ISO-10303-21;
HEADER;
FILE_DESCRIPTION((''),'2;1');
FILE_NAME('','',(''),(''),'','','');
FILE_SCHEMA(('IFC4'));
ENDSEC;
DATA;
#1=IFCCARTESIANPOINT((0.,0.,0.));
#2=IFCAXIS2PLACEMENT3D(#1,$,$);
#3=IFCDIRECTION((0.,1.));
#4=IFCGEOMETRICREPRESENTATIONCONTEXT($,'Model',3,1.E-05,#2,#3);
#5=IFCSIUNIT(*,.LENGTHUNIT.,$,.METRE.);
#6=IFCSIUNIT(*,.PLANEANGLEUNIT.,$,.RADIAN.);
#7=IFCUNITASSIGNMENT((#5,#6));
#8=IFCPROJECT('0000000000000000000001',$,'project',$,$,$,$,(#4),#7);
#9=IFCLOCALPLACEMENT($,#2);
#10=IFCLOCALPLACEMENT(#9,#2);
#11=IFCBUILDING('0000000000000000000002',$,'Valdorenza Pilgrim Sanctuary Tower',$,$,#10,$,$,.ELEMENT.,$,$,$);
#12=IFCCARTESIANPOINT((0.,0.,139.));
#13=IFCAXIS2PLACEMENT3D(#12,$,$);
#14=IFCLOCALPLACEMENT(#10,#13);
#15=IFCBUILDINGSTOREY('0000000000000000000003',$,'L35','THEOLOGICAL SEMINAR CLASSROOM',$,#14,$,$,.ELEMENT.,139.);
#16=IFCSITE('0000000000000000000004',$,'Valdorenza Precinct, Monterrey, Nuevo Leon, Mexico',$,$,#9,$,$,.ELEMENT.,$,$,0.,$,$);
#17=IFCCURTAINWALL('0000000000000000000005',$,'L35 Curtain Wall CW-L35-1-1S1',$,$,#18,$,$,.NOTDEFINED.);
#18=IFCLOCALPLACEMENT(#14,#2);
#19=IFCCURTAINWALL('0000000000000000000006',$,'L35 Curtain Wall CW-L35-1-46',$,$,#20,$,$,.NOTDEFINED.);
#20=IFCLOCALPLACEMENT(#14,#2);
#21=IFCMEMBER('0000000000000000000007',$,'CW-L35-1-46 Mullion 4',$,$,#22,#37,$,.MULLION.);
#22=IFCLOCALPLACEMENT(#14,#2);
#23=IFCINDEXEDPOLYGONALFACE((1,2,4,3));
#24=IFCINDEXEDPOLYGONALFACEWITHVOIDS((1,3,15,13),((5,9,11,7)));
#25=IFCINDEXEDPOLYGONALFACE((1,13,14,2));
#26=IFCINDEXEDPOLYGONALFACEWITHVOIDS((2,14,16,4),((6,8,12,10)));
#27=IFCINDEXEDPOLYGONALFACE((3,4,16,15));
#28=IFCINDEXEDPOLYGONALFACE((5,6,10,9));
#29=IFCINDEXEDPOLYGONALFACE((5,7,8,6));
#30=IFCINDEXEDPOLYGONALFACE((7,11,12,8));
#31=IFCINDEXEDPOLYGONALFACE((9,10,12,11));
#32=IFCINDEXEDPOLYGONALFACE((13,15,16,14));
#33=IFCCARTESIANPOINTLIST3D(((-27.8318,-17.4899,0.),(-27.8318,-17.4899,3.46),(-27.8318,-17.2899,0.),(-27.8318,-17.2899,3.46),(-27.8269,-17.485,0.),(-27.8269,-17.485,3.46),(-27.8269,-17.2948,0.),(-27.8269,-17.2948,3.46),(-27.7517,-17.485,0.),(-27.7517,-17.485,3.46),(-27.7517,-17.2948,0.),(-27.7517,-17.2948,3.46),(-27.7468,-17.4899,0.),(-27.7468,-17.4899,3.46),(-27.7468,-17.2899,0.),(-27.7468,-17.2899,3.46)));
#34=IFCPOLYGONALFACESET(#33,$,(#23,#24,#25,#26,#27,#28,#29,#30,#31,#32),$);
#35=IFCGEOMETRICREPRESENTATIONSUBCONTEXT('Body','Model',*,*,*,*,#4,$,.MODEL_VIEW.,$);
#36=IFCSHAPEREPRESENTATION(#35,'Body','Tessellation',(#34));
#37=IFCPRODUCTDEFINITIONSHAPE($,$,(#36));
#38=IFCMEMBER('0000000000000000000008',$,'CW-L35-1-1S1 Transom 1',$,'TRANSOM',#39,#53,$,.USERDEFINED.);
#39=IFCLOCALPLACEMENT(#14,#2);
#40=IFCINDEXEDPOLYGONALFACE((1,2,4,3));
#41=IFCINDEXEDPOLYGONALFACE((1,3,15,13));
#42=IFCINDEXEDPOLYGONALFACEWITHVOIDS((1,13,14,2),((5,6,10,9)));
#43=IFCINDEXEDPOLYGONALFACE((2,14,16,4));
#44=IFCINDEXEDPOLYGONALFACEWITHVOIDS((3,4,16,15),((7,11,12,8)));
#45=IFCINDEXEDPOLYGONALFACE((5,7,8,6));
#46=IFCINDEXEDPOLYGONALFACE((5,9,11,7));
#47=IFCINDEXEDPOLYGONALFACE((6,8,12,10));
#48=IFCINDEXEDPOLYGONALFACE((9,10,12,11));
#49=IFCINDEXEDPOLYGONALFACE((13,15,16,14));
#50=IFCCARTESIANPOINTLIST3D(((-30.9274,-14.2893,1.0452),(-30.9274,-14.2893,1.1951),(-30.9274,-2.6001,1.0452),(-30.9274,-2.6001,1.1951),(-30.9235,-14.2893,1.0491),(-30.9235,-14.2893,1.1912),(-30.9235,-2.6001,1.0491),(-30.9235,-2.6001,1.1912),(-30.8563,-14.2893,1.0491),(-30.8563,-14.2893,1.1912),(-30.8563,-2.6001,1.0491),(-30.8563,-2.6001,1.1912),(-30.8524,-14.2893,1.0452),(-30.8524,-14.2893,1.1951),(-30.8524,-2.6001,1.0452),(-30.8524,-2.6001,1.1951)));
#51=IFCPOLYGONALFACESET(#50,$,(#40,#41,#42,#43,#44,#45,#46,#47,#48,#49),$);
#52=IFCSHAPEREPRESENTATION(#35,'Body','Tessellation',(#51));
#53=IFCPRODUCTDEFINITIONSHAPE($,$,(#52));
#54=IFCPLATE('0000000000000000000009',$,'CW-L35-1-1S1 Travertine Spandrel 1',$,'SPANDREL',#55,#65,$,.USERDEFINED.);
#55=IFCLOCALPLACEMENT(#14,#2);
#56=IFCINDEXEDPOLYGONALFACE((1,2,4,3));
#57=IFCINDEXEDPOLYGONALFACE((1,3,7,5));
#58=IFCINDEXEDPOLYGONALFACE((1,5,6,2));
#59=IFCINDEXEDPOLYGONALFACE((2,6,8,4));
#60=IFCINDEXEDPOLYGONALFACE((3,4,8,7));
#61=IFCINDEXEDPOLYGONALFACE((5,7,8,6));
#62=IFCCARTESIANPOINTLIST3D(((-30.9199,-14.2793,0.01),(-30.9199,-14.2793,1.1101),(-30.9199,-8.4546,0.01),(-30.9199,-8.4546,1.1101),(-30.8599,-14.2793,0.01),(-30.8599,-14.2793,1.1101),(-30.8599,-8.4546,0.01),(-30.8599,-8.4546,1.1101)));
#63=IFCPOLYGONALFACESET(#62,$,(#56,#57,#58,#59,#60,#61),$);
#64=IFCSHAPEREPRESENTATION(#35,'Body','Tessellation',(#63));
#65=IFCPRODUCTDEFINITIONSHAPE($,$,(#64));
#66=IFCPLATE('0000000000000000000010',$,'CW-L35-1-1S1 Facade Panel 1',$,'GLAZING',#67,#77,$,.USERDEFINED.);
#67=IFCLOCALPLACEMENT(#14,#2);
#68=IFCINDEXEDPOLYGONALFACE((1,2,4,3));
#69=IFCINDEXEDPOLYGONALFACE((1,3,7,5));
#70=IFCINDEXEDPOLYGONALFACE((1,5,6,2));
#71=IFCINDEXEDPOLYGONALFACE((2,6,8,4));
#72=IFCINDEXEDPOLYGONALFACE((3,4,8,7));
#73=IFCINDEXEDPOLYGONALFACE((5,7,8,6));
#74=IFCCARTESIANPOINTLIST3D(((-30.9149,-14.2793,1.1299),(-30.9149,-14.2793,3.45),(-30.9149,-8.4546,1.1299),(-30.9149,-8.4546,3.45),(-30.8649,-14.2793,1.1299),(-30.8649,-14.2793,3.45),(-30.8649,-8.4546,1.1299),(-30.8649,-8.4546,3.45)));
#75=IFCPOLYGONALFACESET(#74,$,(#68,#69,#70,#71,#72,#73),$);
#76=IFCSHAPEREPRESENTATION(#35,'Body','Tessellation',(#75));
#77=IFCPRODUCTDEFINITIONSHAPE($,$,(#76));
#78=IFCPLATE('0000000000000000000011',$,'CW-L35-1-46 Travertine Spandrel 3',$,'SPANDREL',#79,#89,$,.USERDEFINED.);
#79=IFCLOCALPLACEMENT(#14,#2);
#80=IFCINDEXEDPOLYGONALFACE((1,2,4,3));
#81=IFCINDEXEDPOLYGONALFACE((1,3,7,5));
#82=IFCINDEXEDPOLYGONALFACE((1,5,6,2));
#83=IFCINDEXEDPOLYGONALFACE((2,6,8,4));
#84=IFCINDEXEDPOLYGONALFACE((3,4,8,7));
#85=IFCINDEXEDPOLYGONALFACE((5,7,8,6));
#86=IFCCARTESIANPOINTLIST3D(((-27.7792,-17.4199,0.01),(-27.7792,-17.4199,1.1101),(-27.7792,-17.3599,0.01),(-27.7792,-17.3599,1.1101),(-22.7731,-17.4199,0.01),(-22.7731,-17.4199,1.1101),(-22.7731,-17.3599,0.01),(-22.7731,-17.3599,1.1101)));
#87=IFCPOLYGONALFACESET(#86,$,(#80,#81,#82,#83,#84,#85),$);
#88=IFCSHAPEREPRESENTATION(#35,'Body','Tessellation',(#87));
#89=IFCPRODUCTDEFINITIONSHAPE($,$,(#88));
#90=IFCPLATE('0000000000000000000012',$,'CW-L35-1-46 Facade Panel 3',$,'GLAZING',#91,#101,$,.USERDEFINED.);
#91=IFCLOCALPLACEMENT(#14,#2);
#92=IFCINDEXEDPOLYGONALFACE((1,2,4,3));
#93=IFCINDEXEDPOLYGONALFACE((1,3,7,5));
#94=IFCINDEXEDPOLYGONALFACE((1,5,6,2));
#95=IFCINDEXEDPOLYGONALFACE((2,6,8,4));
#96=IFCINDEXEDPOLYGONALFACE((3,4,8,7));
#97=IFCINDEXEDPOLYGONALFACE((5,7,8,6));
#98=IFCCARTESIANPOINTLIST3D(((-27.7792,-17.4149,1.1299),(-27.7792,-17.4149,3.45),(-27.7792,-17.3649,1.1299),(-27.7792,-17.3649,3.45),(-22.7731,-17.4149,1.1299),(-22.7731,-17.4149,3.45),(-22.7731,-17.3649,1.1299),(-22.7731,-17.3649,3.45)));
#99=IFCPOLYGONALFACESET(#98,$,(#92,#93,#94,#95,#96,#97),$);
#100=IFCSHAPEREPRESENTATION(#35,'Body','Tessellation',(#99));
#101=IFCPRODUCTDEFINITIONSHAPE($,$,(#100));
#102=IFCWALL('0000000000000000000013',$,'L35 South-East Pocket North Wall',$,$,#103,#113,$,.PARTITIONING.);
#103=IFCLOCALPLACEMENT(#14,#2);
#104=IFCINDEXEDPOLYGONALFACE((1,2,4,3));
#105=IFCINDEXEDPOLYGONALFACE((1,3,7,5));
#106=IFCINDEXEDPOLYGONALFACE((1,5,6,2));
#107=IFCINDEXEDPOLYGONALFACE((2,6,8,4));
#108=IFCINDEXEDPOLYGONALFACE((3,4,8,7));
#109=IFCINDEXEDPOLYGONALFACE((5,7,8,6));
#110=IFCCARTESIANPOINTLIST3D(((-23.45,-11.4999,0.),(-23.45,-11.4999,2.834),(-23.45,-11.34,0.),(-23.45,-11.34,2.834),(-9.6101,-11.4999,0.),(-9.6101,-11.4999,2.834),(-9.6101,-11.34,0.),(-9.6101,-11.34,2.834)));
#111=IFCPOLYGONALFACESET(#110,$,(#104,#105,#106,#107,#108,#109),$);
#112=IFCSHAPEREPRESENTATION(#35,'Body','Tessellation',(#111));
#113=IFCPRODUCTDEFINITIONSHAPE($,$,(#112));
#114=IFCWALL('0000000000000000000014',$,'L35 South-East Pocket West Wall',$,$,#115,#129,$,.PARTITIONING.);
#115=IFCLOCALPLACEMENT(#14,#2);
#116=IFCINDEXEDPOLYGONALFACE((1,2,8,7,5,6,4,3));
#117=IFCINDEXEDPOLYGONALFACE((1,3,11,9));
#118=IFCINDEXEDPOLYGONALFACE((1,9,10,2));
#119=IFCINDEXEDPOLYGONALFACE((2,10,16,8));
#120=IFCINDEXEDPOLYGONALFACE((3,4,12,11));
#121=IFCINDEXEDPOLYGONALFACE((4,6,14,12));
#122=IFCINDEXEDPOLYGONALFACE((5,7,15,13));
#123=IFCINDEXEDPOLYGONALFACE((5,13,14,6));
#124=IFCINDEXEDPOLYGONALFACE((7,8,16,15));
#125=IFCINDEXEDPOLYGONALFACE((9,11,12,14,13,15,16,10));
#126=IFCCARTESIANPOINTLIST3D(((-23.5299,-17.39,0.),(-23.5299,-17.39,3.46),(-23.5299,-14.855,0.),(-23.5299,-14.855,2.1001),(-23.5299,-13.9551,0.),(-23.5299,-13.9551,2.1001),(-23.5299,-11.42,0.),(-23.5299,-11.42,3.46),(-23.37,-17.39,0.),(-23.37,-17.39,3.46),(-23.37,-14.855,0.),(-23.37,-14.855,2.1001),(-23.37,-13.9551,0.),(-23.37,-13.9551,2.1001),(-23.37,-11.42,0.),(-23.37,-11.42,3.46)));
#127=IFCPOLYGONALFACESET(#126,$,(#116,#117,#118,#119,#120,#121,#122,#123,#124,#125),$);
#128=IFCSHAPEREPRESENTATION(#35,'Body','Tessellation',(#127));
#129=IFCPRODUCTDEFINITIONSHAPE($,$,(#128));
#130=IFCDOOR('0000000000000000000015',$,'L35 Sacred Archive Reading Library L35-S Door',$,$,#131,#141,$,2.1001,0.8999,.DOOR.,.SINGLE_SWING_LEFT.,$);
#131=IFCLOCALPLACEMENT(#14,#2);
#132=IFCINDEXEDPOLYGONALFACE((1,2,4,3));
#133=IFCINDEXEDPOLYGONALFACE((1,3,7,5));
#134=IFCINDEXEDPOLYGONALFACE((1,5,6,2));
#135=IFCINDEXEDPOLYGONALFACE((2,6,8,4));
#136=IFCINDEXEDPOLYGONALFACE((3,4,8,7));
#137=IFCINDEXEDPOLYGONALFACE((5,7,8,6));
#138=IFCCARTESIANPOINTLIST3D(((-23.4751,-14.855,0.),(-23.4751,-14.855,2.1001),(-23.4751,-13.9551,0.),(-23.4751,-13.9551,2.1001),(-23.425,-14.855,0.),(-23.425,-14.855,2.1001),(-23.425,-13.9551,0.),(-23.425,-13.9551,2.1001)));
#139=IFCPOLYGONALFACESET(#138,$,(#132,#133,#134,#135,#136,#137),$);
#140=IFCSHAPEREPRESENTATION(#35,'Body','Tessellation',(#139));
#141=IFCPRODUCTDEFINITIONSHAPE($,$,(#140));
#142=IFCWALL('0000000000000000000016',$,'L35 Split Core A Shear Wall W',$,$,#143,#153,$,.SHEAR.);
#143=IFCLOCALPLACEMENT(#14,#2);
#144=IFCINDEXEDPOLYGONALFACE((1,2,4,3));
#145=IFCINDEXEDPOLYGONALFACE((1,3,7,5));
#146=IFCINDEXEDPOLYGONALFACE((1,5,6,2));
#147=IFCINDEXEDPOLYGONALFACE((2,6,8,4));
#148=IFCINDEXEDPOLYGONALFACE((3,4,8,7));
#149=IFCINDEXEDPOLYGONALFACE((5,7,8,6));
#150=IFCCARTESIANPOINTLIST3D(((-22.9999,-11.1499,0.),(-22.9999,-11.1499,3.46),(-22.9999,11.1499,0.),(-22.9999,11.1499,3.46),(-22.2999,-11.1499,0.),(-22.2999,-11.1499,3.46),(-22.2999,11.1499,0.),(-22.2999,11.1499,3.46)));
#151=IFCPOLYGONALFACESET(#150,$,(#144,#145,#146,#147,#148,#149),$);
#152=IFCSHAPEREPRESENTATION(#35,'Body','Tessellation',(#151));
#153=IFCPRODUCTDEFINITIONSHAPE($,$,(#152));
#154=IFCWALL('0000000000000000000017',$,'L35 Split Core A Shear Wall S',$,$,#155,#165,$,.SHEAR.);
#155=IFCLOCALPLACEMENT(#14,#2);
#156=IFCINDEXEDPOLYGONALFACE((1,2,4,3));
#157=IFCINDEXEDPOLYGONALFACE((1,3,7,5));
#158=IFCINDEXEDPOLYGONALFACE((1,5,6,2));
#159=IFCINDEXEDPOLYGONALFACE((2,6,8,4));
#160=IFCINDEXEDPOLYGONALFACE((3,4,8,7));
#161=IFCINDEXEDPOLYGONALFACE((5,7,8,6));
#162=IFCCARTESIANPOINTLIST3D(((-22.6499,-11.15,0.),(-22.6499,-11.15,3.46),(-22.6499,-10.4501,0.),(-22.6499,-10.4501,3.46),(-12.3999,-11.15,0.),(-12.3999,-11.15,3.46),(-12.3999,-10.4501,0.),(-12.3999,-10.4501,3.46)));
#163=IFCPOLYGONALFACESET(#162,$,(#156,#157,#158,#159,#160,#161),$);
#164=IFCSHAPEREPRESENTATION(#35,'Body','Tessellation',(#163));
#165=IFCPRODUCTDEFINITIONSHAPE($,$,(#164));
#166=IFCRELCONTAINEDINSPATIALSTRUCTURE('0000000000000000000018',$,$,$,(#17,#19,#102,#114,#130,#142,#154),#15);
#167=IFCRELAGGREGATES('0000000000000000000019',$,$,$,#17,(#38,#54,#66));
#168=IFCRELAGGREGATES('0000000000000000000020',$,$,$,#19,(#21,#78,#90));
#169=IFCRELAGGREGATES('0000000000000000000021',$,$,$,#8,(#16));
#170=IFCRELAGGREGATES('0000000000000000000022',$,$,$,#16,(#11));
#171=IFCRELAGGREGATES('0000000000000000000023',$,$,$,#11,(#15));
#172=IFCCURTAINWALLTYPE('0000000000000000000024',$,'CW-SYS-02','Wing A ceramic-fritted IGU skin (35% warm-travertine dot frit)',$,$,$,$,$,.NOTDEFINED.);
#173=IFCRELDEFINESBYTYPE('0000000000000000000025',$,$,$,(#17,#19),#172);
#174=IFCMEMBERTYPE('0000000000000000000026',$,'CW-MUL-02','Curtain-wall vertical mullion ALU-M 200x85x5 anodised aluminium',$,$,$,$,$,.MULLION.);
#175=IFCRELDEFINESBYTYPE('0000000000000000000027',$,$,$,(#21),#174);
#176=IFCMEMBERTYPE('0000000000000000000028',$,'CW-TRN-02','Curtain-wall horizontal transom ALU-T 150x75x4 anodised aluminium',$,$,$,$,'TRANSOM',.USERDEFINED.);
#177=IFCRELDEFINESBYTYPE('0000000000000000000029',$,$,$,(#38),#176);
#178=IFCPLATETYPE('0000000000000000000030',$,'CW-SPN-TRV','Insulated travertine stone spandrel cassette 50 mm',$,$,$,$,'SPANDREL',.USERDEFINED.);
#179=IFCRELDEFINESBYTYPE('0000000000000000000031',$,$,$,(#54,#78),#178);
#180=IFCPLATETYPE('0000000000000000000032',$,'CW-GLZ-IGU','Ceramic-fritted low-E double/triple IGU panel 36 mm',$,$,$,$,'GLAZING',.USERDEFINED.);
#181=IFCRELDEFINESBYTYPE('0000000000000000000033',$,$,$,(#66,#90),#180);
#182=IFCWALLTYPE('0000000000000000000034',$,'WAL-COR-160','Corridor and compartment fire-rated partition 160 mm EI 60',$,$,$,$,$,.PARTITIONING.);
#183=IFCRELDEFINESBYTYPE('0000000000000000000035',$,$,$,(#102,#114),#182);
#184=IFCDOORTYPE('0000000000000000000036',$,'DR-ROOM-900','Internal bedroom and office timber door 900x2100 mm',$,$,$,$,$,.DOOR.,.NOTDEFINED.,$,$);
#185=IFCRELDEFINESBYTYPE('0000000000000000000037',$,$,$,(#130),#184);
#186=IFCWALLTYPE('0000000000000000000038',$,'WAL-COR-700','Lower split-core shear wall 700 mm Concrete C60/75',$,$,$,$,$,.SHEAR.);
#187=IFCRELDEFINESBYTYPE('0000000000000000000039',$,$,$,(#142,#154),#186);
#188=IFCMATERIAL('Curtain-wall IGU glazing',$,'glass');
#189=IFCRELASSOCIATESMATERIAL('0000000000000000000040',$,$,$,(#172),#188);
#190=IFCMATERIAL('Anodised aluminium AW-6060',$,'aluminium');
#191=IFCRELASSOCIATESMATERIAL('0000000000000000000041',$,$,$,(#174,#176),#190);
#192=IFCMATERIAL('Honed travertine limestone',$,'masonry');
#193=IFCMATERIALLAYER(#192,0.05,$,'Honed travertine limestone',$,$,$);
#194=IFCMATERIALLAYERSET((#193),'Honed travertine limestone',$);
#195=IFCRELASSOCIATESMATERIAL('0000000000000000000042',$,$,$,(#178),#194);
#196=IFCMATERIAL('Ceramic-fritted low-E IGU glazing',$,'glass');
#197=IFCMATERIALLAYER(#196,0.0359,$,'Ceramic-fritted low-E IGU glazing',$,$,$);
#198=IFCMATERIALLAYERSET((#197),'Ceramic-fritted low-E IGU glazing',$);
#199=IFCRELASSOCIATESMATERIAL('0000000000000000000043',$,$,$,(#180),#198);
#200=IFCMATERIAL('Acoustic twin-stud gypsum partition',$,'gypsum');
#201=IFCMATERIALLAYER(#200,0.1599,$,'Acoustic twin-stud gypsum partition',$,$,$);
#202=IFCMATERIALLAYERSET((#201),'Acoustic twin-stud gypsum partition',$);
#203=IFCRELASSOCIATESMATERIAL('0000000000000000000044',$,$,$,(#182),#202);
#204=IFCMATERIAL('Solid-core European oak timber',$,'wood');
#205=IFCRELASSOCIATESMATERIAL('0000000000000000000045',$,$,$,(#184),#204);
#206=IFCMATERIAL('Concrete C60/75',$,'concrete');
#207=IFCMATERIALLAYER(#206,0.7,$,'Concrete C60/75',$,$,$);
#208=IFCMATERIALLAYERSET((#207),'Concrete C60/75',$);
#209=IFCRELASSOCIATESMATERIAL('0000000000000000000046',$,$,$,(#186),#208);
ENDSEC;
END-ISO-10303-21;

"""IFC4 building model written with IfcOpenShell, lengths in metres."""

from ifc_helpers import new_model, si_unit, direction, frame, frame_2d, origin, origin_2d, place, context, subcontext, project, spatial, rectangle, hollow_rectangle, extrude, source, transform, mapped, material, layer, layer_set, material_profile, profile_set, type_object, element, fill, aggregate, save


model = new_model("IFC4")

# Units and contexts
model_context = context("Model", 3, precision=1e-05, world=origin(), true_north=direction((0.0, 1.0)))
body_context = subcontext(model_context, "Body", "Model", "MODEL_VIEW")
ifc_project = project(units=[si_unit("LENGTHUNIT", "METRE"), si_unit("PLANEANGLEUNIT", "RADIAN")], contexts=[model_context])

# Site, building, storey
site_placement = place(None, origin())
site = spatial("IfcSite", under=ifc_project, at=site_placement, Name="Valdorenza Precinct, Monterrey, Nuevo Leon, Mexico", CompositionType="ELEMENT", RefElevation=0.0)
building_placement = place(site_placement, origin())
building = spatial("IfcBuilding", under=site, at=building_placement, Name="Valdorenza Pilgrim Sanctuary Tower", CompositionType="ELEMENT")
storey_placement = place(building_placement, frame((0.0, 0.0, 139.0)))
storey = spatial("IfcBuildingStorey", under=building, at=storey_placement, Name="L35", Description="THEOLOGICAL SEMINAR CLASSROOM", CompositionType="ELEMENT", Elevation=139.0)

# Shared definitions
ifc_material_1 = material(Name="Concrete C60/75", Category="concrete")

# Curtain walls, member
ifc_material_2 = material(Name="Curtain-wall IGU glazing", Category="glass")
curtain_wall_type = type_object("IfcCurtainWallType", Name="CW-SYS-02", Description="Wing A ceramic-fritted IGU skin (35% warm-travertine dot frit)", PredefinedType="NOTDEFINED", material=ifc_material_2)
curtain_wall_1_placement = place(storey_placement, origin())
curtain_wall_1 = element("IfcCurtainWall", 1, at=curtain_wall_1_placement, inside=storey, type_object=curtain_wall_type, Name="L35 Curtain Wall CW-L35-1-1S1", PredefinedType="NOTDEFINED")
ifc_material_3 = material(Name="Anodised aluminium AW-6060", Category="aluminium")
ifc_material_profile_1 = material_profile(ifc_material_3, hollow_rectangle(XDim=0.085, YDim=0.2, WallThickness=0.0049, at=origin_2d()), Name="ALU-M 200x85x5")
ifc_profile_set_1 = profile_set([ifc_material_profile_1], Name="Anodised aluminium AW-6060")
member_type_1 = type_object("IfcMemberType", Name="CW-MUL-02", Description="Curtain-wall vertical mullion ALU-M 200x85x5 anodised aluminium", PredefinedType="MULLION", material=ifc_profile_set_1)
shared_shape_1 = source(origin(), body_context, "Body", "SweptSolid", [
    extrude(hollow_rectangle(XDim=0.085, YDim=0.2, WallThickness=0.0049, at=origin_2d()), origin(), (0.0, 0.0, 1.0), 3.46),
])
curtain_wall_2_placement = place(storey_placement, origin())
curtain_wall_2 = element("IfcCurtainWall", 2, at=curtain_wall_2_placement, inside=storey, type_object=curtain_wall_type, Name="L35 Curtain Wall CW-L35-1-46", PredefinedType="NOTDEFINED")
member_1_placement = place(storey_placement, frame((-27.7893, -17.3899, 0.0), z_axis=(0.0, 0.0, 1.0), x_axis=(-1.0, 0.0, 0.0)))
member_1 = element("IfcMember", 3, at=member_1_placement, type_object=member_type_1, Name="CW-L35-1-46 Mullion 4", PredefinedType="MULLION", context=body_context, shape_type="MappedRepresentation", body=[
    mapped(shared_shape_1, transform((0.0, 0.0, 0.0), x_axis=(1.0, 0.0, 0.0), y_axis=(0.0, 1.0, 0.0), z_axis=(0.0, 0.0, 1.0), scale=1.0)),
])

# Member
ifc_material_profile_2 = material_profile(ifc_material_3, hollow_rectangle(XDim=0.075, YDim=0.1499, WallThickness=0.0039, at=origin_2d()), Name="ALU-T 150x75x4")
ifc_profile_set_2 = profile_set([ifc_material_profile_2], Name="Anodised aluminium AW-6060")
member_type_2 = type_object("IfcMemberType", Name="CW-TRN-02", Description="Curtain-wall horizontal transom ALU-T 150x75x4 anodised aluminium", ElementType="TRANSOM", PredefinedType="USERDEFINED", material=ifc_profile_set_2)
shared_shape_2 = source(origin(), body_context, "Body", "SweptSolid", [
    extrude(hollow_rectangle(XDim=0.075, YDim=0.1499, WallThickness=0.0039, at=origin_2d()), origin(), (0.0, 0.0, 1.0), 11.6892),
])
member_2_placement = place(storey_placement, frame((-30.8899, -14.2893, 1.1201), z_axis=(0.0, 1.0, 0.0), x_axis=(-1.0, 0.0, 0.0)))
member_2 = element("IfcMember", 4, at=member_2_placement, type_object=member_type_2, Name="CW-L35-1-1S1 Transom 1", ObjectType="TRANSOM", PredefinedType="USERDEFINED", context=body_context, shape_type="MappedRepresentation", body=[
    mapped(shared_shape_2, transform((0.0, 0.0, 0.0), x_axis=(1.0, 0.0, 0.0), y_axis=(0.0, 1.0, 0.0), z_axis=(0.0, 0.0, 1.0), scale=1.0)),
])

# Plates
ifc_material_4 = material(Name="Honed travertine limestone", Category="masonry")
ifc_layer_1 = layer(ifc_material_4, 0.05, Name="Honed travertine limestone")
ifc_layer_set_1 = layer_set([ifc_layer_1], Name="Honed travertine limestone")
plate_type_1 = type_object("IfcPlateType", Name="CW-SPN-TRV", Description="Insulated travertine stone spandrel cassette 50 mm", ElementType="SPANDREL", PredefinedType="USERDEFINED", material=ifc_layer_set_1)
shared_shape_3 = source(origin(), body_context, "Body", "SweptSolid", [
    extrude(rectangle(XDim=5.8247, YDim=0.0601, at=origin_2d()), origin(), (0.0, 0.0, 1.0), 1.1001),
])
plate_1_placement = place(storey_placement, frame((-30.8899, -11.3669, 0.01), z_axis=(0.0, 0.0, 1.0), x_axis=(0.0, 1.0, 0.0)))
plate_1 = element("IfcPlate", 5, at=plate_1_placement, type_object=plate_type_1, Name="CW-L35-1-1S1 Travertine Spandrel 1", ObjectType="SPANDREL", PredefinedType="USERDEFINED", context=body_context, shape_type="MappedRepresentation", body=[
    mapped(shared_shape_3, transform((0.0, 0.0, 0.0), x_axis=(1.0, 0.0, 0.0), y_axis=(0.0, 1.0, 0.0), z_axis=(0.0, 0.0, 1.0), scale=1.0)),
])
ifc_material_5 = material(Name="Ceramic-fritted low-E IGU glazing", Category="glass")
ifc_layer_2 = layer(ifc_material_5, 0.0359, Name="Ceramic-fritted low-E IGU glazing")
ifc_layer_set_2 = layer_set([ifc_layer_2], Name="Ceramic-fritted low-E IGU glazing")
plate_type_2 = type_object("IfcPlateType", Name="CW-GLZ-IGU", Description="Ceramic-fritted low-E double/triple IGU panel 36 mm", ElementType="GLAZING", PredefinedType="USERDEFINED", material=ifc_layer_set_2)
shared_shape_4 = source(origin(), body_context, "Body", "SweptSolid", [
    extrude(rectangle(XDim=5.8247, YDim=0.05, at=origin_2d()), origin(), (0.0, 0.0, 1.0), 2.3201),
])
plate_2_placement = place(storey_placement, frame((-30.8899, -11.3669, 1.1299), z_axis=(0.0, 0.0, 1.0), x_axis=(0.0, 1.0, 0.0)))
plate_2 = element("IfcPlate", 6, at=plate_2_placement, type_object=plate_type_2, Name="CW-L35-1-1S1 Facade Panel 1", ObjectType="GLAZING", PredefinedType="USERDEFINED", context=body_context, shape_type="MappedRepresentation", body=[
    mapped(shared_shape_4, transform((0.0, 0.0, 0.0), x_axis=(1.0, 0.0, 0.0), y_axis=(0.0, 1.0, 0.0), z_axis=(0.0, 0.0, 1.0), scale=1.0)),
])
aggregate(curtain_wall_1, [member_2, plate_1, plate_2])
shared_shape_5 = source(origin(), body_context, "Body", "SweptSolid", [
    extrude(rectangle(XDim=5.0061, YDim=0.0601, at=origin_2d()), origin(), (0.0, 0.0, 1.0), 1.1001),
])
plate_3_placement = place(storey_placement, frame((-25.2761, -17.3899, 0.01), z_axis=(0.0, 0.0, 1.0), x_axis=(-1.0, 0.0, 0.0)))
plate_3 = element("IfcPlate", 7, at=plate_3_placement, type_object=plate_type_1, Name="CW-L35-1-46 Travertine Spandrel 3", ObjectType="SPANDREL", PredefinedType="USERDEFINED", context=body_context, shape_type="MappedRepresentation", body=[
    mapped(shared_shape_5, transform((0.0, 0.0, 0.0), x_axis=(1.0, 0.0, 0.0), y_axis=(0.0, 1.0, 0.0), z_axis=(0.0, 0.0, 1.0), scale=1.0)),
])
shared_shape_6 = source(origin(), body_context, "Body", "SweptSolid", [
    extrude(rectangle(XDim=5.0061, YDim=0.05, at=origin_2d()), origin(), (0.0, 0.0, 1.0), 2.3201),
])
plate_4_placement = place(storey_placement, frame((-25.2761, -17.3899, 1.1299), z_axis=(0.0, 0.0, 1.0), x_axis=(-1.0, 0.0, 0.0)))
plate_4 = element("IfcPlate", 8, at=plate_4_placement, type_object=plate_type_2, Name="CW-L35-1-46 Facade Panel 3", ObjectType="GLAZING", PredefinedType="USERDEFINED", context=body_context, shape_type="MappedRepresentation", body=[
    mapped(shared_shape_6, transform((0.0, 0.0, 0.0), x_axis=(1.0, 0.0, 0.0), y_axis=(0.0, 1.0, 0.0), z_axis=(0.0, 0.0, 1.0), scale=1.0)),
])
aggregate(curtain_wall_2, [member_1, plate_3, plate_4])

# Wall
ifc_material_6 = material(Name="Acoustic twin-stud gypsum partition", Category="gypsum")
ifc_layer_3 = layer(ifc_material_6, 0.1599, Name="Acoustic twin-stud gypsum partition")
ifc_layer_set_3 = layer_set([ifc_layer_3], Name="Acoustic twin-stud gypsum partition")
wall_type_1 = type_object("IfcWallType", Name="WAL-COR-160", Description="Corridor and compartment fire-rated partition 160 mm EI 60", PredefinedType="PARTITIONING", material=ifc_layer_set_3)
wall_1_placement = place(storey_placement, frame((-23.45, -11.4199, 0.0), z_axis=(0.0, 0.0, 1.0), x_axis=(1.0, 0.0, 0.0)))
element("IfcWall", 9, at=wall_1_placement, inside=storey, type_object=wall_type_1, Name="L35 South-East Pocket North Wall", PredefinedType="PARTITIONING", context=body_context, shape_type="SweptSolid", body=[
    extrude(rectangle(XDim=13.8398, YDim=0.1599, at=frame_2d((6.9199, 0.0))), origin(), (0.0, 0.0, 1.0), 2.834),
])

# Wall, opening, door
wall_2_placement = place(storey_placement, frame((-23.45, -17.3899, 0.0), z_axis=(0.0, 0.0, 1.0), x_axis=(0.0, 1.0, 0.0)))
wall_2 = element("IfcWall", 10, at=wall_2_placement, inside=storey, type_object=wall_type_1, Name="L35 South-East Pocket West Wall", PredefinedType="PARTITIONING", context=body_context, shape_type="SweptSolid", body=[
    extrude(rectangle(XDim=5.97, YDim=0.1599, at=frame_2d((2.9849, 0.0))), origin(), (0.0, 0.0, 1.0), 3.46),
])
opening_placement = place(wall_2_placement, frame((2.5349, 0.0, 0.0)))
opening = element("IfcOpeningElement", 11, at=opening_placement, cuts=wall_2, PredefinedType="OPENING", context=body_context, shape_type="SweptSolid", body=[
    extrude(rectangle(XDim=0.8999, YDim=2.1001, at=frame_2d((0.45, 1.05))), frame((0.0, 0.0947, 0.0), z_axis=(0.0, -1.0, 0.0), x_axis=(1.0, 0.0, 0.0)), (0.0, 0.0, 1.0), 0.1897),
])
ifc_material_7 = material(Name="Solid-core European oak timber", Category="wood")
door_type = type_object("IfcDoorType", Name="DR-ROOM-900", Description="Internal bedroom and office timber door 900x2100 mm", OperationType="NOTDEFINED", PredefinedType="DOOR", material=ifc_material_7)
door_placement = place(opening_placement, frame((0.8999, 0.0, 0.0), z_axis=(0.0, 0.0, 1.0), x_axis=(-1.0, 0.0, 0.0)))
door = element("IfcDoor", 12, at=door_placement, inside=storey, type_object=door_type, Name="L35 Sacred Archive Reading Library L35-S Door", OperationType="SINGLE_SWING_LEFT", OverallHeight=2.1001, OverallWidth=0.8999, PredefinedType="DOOR", context=body_context, shape_type="SweptSolid", body=[
    extrude(rectangle(XDim=0.8999, YDim=2.1001, at=frame_2d((0.45, 1.05))), frame((0.0, 0.0249, 0.0), z_axis=(0.0, -1.0, 0.0), x_axis=(1.0, 0.0, 0.0)), (0.0, 0.0, 1.0), 0.05),
])
fill(opening, door)

# Walls
ifc_layer_4 = layer(ifc_material_1, 0.7, Name="Concrete C60/75")
ifc_layer_set_4 = layer_set([ifc_layer_4], Name="Concrete C60/75")
wall_type_2 = type_object("IfcWallType", Name="WAL-COR-700", Description="Lower split-core shear wall 700 mm Concrete C60/75", PredefinedType="SHEAR", material=ifc_layer_set_4)
wall_3_placement = place(storey_placement, frame((-22.6499, -11.1499, 0.0), z_axis=(0.0, 0.0, 1.0), x_axis=(0.0, 1.0, 0.0)))
element("IfcWall", 13, at=wall_3_placement, inside=storey, type_object=wall_type_2, Name="L35 Split Core A Shear Wall W", PredefinedType="SHEAR", context=body_context, shape_type="SweptSolid", body=[
    extrude(rectangle(XDim=22.2998, YDim=0.7, at=frame_2d((11.1499, 0.0))), origin(), (0.0, 0.0, 1.0), 3.46),
])
wall_4_placement = place(storey_placement, frame((-22.6499, -10.8, 0.0), z_axis=(0.0, 0.0, 1.0), x_axis=(1.0, 0.0, 0.0)))
element("IfcWall", 14, at=wall_4_placement, inside=storey, type_object=wall_type_2, Name="L35 Split Core A Shear Wall S", PredefinedType="SHEAR", context=body_context, shape_type="SweptSolid", body=[
    extrude(rectangle(XDim=10.25, YDim=0.7, at=frame_2d((5.125, 0.0))), origin(), (0.0, 0.0, 1.0), 3.46),
])

save(model, "model.ifc")
